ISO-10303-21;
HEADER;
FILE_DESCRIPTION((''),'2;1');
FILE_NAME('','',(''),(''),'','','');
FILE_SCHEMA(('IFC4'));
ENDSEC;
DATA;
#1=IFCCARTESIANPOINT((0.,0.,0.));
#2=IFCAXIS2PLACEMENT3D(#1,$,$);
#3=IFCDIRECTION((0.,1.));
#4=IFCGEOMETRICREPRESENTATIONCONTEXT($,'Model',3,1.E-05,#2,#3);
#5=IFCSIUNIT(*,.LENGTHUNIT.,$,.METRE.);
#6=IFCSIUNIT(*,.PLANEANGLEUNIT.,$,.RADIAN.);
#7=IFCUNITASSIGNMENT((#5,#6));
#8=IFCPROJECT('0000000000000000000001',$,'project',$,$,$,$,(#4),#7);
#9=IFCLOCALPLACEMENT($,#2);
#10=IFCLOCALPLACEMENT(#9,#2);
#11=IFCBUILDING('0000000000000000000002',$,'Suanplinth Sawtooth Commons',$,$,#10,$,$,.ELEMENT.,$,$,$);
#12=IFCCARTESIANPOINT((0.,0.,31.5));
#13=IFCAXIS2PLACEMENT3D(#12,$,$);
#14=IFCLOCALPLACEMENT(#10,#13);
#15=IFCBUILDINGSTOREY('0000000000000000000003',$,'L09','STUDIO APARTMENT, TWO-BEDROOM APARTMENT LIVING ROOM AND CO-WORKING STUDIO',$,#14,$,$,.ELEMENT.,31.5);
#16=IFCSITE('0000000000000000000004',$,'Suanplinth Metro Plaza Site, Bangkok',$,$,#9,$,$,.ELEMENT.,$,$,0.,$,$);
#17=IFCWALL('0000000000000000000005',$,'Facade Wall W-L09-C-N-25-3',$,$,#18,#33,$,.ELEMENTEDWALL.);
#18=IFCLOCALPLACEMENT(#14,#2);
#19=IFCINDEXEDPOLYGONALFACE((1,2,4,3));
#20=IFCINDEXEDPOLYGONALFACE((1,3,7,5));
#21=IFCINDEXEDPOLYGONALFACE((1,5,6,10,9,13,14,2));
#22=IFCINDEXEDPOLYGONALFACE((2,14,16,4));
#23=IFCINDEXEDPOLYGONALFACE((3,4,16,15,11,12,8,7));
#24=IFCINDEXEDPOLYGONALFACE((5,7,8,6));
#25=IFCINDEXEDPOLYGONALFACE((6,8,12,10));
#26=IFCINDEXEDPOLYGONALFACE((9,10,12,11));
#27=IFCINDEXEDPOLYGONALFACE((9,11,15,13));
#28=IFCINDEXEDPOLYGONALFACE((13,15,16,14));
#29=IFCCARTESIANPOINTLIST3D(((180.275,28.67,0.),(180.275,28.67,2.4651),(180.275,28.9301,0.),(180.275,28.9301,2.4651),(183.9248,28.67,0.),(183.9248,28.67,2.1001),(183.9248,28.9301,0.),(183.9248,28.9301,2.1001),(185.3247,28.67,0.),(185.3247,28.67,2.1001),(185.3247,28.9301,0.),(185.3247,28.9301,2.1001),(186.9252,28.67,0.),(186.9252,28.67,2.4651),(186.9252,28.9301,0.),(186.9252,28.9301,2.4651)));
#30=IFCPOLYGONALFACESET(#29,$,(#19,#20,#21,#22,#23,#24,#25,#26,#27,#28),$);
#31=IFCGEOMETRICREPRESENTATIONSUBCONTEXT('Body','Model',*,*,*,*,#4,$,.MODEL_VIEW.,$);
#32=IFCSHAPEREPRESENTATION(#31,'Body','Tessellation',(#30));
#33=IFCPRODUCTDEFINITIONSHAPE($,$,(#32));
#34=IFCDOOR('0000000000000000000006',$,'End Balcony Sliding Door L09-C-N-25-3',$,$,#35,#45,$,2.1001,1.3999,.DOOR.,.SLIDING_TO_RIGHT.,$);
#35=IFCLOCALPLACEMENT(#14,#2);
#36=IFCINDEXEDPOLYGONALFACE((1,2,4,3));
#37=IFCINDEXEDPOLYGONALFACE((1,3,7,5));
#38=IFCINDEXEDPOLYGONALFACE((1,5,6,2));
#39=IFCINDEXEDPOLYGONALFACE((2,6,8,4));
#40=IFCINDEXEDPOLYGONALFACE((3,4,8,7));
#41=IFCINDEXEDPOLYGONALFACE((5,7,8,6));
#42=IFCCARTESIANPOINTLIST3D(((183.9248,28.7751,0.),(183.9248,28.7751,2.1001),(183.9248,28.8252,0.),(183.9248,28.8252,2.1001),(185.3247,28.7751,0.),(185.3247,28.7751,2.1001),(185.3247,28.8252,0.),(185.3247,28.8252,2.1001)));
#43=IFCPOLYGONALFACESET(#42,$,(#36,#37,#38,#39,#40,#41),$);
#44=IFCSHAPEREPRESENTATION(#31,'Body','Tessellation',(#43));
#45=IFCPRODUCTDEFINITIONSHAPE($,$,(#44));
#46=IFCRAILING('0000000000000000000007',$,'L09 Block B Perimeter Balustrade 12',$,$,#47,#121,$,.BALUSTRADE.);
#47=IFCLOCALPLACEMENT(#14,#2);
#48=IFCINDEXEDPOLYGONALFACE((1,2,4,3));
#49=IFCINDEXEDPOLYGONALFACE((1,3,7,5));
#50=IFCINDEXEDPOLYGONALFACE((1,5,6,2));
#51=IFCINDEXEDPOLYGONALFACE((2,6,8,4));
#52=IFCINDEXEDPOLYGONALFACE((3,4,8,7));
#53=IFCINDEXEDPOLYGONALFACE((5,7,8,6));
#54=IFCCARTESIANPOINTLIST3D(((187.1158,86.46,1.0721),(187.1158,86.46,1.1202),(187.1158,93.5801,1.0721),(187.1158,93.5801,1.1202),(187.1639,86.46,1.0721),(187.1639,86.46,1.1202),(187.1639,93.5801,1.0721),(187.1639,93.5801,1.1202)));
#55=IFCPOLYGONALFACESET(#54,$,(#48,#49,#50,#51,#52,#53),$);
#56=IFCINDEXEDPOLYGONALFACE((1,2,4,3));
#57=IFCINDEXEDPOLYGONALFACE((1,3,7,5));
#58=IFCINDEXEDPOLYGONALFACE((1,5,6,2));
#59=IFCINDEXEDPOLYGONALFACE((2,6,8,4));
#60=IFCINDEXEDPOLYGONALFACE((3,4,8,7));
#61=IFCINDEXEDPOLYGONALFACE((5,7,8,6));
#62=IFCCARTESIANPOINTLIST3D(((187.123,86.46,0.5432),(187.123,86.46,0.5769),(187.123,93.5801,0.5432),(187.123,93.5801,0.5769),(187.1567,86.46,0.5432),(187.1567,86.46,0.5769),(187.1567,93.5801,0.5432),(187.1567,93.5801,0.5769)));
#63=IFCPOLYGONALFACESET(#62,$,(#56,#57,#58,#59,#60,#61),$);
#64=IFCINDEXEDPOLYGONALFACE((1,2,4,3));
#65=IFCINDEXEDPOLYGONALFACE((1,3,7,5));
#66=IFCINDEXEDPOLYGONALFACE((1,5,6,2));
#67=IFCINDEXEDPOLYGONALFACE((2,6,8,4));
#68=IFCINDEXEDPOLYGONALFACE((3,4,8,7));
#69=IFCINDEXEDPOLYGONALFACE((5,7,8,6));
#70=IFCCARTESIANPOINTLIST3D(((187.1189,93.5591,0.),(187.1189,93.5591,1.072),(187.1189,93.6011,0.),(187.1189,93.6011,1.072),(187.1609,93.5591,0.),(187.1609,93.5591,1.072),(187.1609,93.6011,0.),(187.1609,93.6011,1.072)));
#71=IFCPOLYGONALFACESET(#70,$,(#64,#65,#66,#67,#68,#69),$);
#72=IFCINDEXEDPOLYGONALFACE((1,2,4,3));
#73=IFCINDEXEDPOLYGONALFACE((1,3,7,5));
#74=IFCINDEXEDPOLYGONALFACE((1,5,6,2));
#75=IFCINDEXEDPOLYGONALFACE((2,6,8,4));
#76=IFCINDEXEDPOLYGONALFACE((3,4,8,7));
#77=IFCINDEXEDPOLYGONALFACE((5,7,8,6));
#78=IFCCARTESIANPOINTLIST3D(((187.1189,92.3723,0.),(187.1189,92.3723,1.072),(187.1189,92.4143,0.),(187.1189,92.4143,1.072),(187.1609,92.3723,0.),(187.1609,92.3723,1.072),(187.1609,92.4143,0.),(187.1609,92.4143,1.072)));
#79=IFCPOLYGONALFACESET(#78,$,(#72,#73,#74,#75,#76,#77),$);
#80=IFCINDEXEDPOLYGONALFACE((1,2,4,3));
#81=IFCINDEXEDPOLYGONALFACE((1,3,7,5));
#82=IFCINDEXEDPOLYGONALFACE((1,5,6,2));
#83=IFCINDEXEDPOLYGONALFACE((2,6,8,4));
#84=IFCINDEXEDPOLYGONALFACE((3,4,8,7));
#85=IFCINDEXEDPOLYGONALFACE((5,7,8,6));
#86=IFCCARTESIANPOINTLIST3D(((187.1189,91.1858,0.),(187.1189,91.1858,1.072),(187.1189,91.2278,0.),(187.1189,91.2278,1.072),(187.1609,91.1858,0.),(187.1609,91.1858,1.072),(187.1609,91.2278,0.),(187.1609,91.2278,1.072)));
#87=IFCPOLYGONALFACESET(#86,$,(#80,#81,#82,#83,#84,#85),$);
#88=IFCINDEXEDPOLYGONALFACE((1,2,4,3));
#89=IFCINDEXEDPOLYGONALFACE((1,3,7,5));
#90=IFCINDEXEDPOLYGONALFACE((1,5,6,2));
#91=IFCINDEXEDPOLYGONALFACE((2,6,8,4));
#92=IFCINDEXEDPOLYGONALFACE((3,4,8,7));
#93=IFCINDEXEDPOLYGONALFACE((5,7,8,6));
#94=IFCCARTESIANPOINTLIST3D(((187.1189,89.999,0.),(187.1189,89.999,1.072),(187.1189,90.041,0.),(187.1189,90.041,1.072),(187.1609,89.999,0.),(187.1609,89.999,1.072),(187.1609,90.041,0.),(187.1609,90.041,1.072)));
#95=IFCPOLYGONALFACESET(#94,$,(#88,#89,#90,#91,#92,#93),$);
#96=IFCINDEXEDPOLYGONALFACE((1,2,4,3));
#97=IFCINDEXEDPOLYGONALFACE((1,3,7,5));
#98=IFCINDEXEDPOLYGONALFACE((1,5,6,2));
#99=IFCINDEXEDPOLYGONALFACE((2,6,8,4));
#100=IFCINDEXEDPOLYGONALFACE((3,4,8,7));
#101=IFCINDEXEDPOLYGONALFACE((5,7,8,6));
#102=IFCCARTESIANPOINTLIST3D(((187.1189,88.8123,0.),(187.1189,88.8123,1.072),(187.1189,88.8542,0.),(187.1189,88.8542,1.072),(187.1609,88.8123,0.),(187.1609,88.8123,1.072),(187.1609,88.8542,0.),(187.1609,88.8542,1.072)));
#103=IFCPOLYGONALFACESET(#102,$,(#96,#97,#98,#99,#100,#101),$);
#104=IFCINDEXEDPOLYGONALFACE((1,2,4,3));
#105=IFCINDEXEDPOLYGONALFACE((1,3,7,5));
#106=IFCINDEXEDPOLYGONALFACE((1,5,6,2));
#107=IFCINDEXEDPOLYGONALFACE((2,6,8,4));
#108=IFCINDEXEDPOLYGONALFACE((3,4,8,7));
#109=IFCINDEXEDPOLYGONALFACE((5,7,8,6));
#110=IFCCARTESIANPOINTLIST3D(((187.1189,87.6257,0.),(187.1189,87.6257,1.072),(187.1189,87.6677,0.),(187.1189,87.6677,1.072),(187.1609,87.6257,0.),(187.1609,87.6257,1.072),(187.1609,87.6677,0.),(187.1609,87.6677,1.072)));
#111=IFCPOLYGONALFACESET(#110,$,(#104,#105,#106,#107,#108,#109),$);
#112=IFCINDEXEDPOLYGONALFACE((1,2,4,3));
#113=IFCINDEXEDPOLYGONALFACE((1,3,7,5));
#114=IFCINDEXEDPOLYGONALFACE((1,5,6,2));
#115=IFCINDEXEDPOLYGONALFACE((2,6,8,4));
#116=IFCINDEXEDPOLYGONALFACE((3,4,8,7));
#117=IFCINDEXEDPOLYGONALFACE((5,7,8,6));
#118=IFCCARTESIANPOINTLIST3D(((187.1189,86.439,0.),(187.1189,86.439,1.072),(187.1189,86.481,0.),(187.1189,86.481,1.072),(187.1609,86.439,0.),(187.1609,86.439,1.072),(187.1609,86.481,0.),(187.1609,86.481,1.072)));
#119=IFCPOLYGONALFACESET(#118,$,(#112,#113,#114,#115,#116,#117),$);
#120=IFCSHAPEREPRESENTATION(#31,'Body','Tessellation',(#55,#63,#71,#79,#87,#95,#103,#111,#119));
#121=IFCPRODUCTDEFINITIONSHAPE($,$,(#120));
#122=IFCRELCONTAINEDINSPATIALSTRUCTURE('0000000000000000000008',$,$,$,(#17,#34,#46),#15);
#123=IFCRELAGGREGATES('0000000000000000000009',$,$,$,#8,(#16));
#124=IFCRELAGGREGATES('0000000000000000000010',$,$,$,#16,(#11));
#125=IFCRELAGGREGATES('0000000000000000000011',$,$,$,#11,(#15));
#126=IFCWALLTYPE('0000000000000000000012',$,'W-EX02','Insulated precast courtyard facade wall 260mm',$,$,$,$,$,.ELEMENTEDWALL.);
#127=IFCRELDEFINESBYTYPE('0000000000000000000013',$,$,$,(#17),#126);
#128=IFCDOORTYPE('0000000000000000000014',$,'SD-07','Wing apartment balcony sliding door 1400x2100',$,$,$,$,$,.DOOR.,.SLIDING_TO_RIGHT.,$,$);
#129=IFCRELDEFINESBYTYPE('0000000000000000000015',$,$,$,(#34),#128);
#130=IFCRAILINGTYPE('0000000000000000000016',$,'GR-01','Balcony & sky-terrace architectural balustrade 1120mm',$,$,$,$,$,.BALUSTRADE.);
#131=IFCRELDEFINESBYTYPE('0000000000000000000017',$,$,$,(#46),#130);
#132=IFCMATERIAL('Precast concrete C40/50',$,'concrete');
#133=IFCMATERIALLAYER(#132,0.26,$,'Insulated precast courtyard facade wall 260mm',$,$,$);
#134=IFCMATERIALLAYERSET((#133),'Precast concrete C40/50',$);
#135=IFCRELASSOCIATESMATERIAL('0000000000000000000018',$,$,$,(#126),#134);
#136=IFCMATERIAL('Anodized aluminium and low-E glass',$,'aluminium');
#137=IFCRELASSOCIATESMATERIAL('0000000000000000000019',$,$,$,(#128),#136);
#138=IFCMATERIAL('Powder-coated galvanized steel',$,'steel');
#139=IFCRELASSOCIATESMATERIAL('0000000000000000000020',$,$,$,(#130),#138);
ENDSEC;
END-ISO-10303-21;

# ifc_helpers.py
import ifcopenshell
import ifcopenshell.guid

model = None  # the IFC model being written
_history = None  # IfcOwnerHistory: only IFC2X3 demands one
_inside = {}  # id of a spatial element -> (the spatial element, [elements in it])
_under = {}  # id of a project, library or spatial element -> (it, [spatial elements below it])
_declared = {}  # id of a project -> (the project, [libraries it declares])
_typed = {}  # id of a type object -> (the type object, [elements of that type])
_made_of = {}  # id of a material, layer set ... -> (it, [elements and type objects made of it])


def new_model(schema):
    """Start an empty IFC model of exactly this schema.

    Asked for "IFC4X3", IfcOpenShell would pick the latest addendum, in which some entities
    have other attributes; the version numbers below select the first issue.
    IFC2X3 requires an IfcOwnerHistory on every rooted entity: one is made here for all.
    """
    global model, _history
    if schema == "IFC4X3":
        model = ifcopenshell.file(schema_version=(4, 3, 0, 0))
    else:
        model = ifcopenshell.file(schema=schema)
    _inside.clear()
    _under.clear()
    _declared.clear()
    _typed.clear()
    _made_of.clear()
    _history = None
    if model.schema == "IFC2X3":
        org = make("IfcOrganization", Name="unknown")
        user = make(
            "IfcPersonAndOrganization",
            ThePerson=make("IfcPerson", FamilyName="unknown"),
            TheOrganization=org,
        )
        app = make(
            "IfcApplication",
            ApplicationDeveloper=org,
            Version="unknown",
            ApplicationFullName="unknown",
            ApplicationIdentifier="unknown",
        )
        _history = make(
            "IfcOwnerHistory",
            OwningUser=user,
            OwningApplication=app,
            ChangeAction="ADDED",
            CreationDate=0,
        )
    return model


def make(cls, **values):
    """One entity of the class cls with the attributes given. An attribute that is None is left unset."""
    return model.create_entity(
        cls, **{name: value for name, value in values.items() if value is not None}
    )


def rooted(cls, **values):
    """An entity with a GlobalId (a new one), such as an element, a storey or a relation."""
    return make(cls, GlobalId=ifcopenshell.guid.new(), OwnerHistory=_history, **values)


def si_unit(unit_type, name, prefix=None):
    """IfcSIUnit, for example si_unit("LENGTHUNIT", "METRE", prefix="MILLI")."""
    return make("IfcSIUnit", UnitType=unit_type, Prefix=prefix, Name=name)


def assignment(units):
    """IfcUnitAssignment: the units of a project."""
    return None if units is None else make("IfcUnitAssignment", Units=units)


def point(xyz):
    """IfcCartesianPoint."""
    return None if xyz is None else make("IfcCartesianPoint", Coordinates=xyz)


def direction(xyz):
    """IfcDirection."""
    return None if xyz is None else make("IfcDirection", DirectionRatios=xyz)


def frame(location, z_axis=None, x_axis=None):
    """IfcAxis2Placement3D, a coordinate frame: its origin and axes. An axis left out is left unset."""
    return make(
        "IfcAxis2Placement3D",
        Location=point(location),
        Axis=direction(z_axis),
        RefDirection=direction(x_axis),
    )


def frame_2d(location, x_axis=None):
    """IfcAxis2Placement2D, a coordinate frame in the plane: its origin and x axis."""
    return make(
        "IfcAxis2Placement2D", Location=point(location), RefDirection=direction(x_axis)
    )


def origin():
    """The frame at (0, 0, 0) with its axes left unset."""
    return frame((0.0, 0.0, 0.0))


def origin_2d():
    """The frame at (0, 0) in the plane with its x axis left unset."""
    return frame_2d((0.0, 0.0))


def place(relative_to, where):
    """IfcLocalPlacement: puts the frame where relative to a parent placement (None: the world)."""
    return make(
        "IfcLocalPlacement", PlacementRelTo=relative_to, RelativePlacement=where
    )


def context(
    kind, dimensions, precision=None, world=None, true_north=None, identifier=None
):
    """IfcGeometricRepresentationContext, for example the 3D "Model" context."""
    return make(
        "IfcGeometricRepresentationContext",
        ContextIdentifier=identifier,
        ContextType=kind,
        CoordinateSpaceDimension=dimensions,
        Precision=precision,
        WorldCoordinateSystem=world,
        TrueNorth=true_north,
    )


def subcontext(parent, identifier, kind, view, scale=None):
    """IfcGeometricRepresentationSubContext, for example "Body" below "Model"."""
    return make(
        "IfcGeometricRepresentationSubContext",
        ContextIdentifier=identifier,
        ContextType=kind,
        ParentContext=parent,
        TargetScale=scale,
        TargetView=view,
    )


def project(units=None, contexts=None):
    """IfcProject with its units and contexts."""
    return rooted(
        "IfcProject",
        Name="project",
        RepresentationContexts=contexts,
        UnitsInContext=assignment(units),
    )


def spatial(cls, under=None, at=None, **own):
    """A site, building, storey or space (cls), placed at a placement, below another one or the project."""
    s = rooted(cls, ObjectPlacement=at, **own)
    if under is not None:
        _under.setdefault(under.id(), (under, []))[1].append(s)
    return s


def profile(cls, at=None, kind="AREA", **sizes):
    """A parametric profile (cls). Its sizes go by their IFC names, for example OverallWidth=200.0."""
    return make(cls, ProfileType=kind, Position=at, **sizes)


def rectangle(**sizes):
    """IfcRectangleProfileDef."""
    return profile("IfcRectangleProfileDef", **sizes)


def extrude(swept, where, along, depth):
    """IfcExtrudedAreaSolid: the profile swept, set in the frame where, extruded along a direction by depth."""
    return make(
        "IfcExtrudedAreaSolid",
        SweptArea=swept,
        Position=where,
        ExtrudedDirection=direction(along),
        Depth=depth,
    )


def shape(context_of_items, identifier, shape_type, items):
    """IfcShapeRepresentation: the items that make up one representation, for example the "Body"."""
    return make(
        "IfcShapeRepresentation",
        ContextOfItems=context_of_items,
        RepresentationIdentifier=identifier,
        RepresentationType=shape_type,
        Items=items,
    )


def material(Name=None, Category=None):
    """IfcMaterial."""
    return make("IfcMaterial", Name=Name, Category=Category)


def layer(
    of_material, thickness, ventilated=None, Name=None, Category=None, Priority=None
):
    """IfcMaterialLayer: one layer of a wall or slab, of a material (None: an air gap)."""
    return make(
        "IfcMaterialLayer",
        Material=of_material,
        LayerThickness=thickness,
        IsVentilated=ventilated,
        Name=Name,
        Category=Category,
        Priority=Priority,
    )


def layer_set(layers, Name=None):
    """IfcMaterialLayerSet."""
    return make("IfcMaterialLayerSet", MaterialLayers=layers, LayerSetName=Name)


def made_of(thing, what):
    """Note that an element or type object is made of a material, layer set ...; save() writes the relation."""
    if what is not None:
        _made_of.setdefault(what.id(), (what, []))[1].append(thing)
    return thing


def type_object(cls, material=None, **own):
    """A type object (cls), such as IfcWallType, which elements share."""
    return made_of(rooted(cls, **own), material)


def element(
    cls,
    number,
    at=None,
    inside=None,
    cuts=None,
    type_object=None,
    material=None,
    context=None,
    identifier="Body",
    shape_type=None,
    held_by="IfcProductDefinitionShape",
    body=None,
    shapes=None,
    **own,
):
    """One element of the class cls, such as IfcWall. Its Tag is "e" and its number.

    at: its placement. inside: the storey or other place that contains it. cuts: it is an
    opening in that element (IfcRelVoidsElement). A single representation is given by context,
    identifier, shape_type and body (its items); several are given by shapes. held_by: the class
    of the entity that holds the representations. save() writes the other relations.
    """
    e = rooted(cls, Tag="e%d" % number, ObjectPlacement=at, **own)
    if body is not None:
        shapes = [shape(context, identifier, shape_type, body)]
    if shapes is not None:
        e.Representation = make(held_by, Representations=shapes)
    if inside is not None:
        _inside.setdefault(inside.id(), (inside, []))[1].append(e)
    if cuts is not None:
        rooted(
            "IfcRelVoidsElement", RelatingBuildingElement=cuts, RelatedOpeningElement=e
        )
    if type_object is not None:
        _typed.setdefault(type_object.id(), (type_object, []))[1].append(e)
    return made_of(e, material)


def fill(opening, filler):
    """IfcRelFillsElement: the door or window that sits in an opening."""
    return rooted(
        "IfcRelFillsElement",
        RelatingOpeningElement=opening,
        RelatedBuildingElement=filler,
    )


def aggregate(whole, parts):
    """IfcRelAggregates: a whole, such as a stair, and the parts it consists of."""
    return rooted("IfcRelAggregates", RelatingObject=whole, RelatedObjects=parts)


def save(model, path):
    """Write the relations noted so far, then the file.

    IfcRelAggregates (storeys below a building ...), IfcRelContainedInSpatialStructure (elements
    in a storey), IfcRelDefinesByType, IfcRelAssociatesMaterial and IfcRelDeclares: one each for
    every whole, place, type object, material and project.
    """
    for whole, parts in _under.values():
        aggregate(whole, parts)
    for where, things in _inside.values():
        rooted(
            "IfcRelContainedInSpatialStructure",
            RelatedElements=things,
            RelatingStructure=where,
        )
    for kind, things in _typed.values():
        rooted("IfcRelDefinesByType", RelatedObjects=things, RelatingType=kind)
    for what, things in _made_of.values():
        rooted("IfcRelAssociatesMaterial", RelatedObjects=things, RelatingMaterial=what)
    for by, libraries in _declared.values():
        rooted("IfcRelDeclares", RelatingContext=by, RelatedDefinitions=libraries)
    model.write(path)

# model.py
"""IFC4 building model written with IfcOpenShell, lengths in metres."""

from ifc_helpers import new_model, si_unit, direction, frame, frame_2d, origin, origin_2d, place, context, subcontext, project, spatial, rectangle, extrude, material, layer, layer_set, type_object, element, fill, save


model = new_model("IFC4")

# Units and contexts
model_context = context("Model", 3, precision=1e-05, world=origin(), true_north=direction((0.0, 1.0)))
body_context = subcontext(model_context, "Body", "Model", "MODEL_VIEW")
ifc_project = project(units=[si_unit("LENGTHUNIT", "METRE"), si_unit("PLANEANGLEUNIT", "RADIAN")], contexts=[model_context])

# Site, building, storey
site_placement = place(None, origin())
site = spatial("IfcSite", under=ifc_project, at=site_placement, Name="Suanplinth Metro Plaza Site, Bangkok", CompositionType="ELEMENT", RefElevation=0.0)
building_placement = place(site_placement, origin())
building = spatial("IfcBuilding", under=site, at=building_placement, Name="Suanplinth Sawtooth Commons", CompositionType="ELEMENT")
storey_placement = place(building_placement, frame((0.0, 0.0, 31.5)))
storey = spatial("IfcBuildingStorey", under=building, at=storey_placement, Name="L09", Description="STUDIO APARTMENT, TWO-BEDROOM APARTMENT LIVING ROOM AND CO-WORKING STUDIO", CompositionType="ELEMENT", Elevation=31.5)

# Shared definitions
ifc_material_1 = material(Name="Precast concrete C40/50", Category="concrete")

# Shared definitions
ifc_layer = layer(ifc_material_1, 0.26, Name="Insulated precast courtyard facade wall 260mm")
ifc_layer_set = layer_set([ifc_layer], Name="Precast concrete C40/50")
wall_type = type_object("IfcWallType", Name="W-EX02", Description="Insulated precast courtyard facade wall 260mm", PredefinedType="ELEMENTEDWALL", material=ifc_layer_set)

# Wall, opening, door
wall_1_placement = place(storey_placement, frame((180.2749, 28.8, 0.0), z_axis=(0.0, 0.0, 1.0), x_axis=(1.0, 0.0, 0.0)))
wall_1 = element("IfcWall", 1, at=wall_1_placement, inside=storey, type_object=wall_type, Name="Facade Wall W-L09-C-N-25-3", PredefinedType="ELEMENTEDWALL", context=body_context, shape_type="SweptSolid", body=[
    extrude(rectangle(XDim=6.6501, YDim=0.26, at=frame_2d((3.3252, 0.0))), origin(), (0.0, 0.0, 1.0), 2.4651),
])
opening_1_placement = place(wall_1_placement, frame((3.6499, 0.0, 0.0)))
opening_1 = element("IfcOpeningElement", 2, at=opening_1_placement, cuts=wall_1, PredefinedType="OPENING", context=body_context, shape_type="SweptSolid", body=[
    extrude(rectangle(XDim=1.3999, YDim=2.1001, at=frame_2d((0.7, 1.05))), frame((0.0, 0.145, 0.0), z_axis=(0.0, -1.0, 0.0), x_axis=(1.0, 0.0, 0.0)), (0.0, 0.0, 1.0), 0.2898),
])
ifc_material_2 = material(Name="Anodized aluminium and low-E glass", Category="aluminium")
door_type = type_object("IfcDoorType", Name="SD-07", Description="Wing apartment balcony sliding door 1400x2100", OperationType="SLIDING_TO_RIGHT", PredefinedType="DOOR", material=ifc_material_2)
door_placement = place(opening_1_placement, frame((1.3999, 0.0, 0.0), z_axis=(0.0, 0.0, 1.0), x_axis=(-1.0, 0.0, 0.0)))
door = element("IfcDoor", 3, at=door_placement, inside=storey, type_object=door_type, Name="End Balcony Sliding Door L09-C-N-25-3", OperationType="SLIDING_TO_RIGHT", OverallHeight=2.1001, OverallWidth=1.3999, PredefinedType="DOOR", context=body_context, shape_type="SweptSolid", body=[
    extrude(rectangle(XDim=1.3999, YDim=2.1001, at=frame_2d((0.7, 1.05))), frame((0.0, 0.0249, 0.0), z_axis=(0.0, -1.0, 0.0), x_axis=(1.0, 0.0, 0.0)), (0.0, 0.0, 1.0), 0.05),
])
fill(opening_1, door)

# Railing
ifc_material_3 = material(Name="Powder-coated galvanized steel", Category="steel")
railing_type = type_object("IfcRailingType", Name="GR-01", Description="Balcony & sky-terrace architectural balustrade 1120mm", PredefinedType="BALUSTRADE", material=ifc_material_3)
railing_1_placement = place(storey_placement, frame((187.1399, 93.5801, 0.0)))
element("IfcRailing", 4, at=railing_1_placement, inside=storey, type_object=railing_type, Name="L09 Block B Perimeter Balustrade 12", PredefinedType="BALUSTRADE", context=body_context, shape_type="SweptSolid", body=[
    extrude(rectangle(XDim=0.0481, YDim=0.0481, at=origin_2d()), frame((0.0, 0.0, 1.0962), z_axis=(0.0, -1.0, 0.0), x_axis=(1.0, 0.0, 0.0)), (0.0, 0.0, 1.0), 7.1201),
    extrude(rectangle(XDim=0.0337, YDim=0.0337, at=origin_2d()), frame((0.0, 0.0, 0.5601), z_axis=(0.0, -1.0, 0.0), x_axis=(1.0, 0.0, 0.0)), (0.0, 0.0, 1.0), 7.1201),
    extrude(rectangle(XDim=0.042, YDim=0.042, at=origin_2d()), origin(), (0.0, 0.0, 1.0), 1.072),
    extrude(rectangle(XDim=0.042, YDim=0.042, at=origin_2d()), frame((0.0, -1.1868, 0.0)), (0.0, 0.0, 1.0), 1.072),
    extrude(rectangle(XDim=0.042, YDim=0.042, at=origin_2d()), frame((0.0, -2.3733, 0.0)), (0.0, 0.0, 1.0), 1.072),
    extrude(rectangle(XDim=0.042, YDim=0.042, at=origin_2d()), frame((0.0, -3.5601, 0.0)), (0.0, 0.0, 1.0), 1.072),
    extrude(rectangle(XDim=0.042, YDim=0.042, at=origin_2d()), frame((0.0, -4.7468, 0.0)), (0.0, 0.0, 1.0), 1.072),
    extrude(rectangle(XDim=0.042, YDim=0.042, at=origin_2d()), frame((0.0, -5.9333, 0.0)), (0.0, 0.0, 1.0), 1.072),
    extrude(rectangle(XDim=0.042, YDim=0.042, at=origin_2d()), frame((0.0, -7.1201, 0.0)), (0.0, 0.0, 1.0), 1.072),
])

save(model, "model.ifc")
